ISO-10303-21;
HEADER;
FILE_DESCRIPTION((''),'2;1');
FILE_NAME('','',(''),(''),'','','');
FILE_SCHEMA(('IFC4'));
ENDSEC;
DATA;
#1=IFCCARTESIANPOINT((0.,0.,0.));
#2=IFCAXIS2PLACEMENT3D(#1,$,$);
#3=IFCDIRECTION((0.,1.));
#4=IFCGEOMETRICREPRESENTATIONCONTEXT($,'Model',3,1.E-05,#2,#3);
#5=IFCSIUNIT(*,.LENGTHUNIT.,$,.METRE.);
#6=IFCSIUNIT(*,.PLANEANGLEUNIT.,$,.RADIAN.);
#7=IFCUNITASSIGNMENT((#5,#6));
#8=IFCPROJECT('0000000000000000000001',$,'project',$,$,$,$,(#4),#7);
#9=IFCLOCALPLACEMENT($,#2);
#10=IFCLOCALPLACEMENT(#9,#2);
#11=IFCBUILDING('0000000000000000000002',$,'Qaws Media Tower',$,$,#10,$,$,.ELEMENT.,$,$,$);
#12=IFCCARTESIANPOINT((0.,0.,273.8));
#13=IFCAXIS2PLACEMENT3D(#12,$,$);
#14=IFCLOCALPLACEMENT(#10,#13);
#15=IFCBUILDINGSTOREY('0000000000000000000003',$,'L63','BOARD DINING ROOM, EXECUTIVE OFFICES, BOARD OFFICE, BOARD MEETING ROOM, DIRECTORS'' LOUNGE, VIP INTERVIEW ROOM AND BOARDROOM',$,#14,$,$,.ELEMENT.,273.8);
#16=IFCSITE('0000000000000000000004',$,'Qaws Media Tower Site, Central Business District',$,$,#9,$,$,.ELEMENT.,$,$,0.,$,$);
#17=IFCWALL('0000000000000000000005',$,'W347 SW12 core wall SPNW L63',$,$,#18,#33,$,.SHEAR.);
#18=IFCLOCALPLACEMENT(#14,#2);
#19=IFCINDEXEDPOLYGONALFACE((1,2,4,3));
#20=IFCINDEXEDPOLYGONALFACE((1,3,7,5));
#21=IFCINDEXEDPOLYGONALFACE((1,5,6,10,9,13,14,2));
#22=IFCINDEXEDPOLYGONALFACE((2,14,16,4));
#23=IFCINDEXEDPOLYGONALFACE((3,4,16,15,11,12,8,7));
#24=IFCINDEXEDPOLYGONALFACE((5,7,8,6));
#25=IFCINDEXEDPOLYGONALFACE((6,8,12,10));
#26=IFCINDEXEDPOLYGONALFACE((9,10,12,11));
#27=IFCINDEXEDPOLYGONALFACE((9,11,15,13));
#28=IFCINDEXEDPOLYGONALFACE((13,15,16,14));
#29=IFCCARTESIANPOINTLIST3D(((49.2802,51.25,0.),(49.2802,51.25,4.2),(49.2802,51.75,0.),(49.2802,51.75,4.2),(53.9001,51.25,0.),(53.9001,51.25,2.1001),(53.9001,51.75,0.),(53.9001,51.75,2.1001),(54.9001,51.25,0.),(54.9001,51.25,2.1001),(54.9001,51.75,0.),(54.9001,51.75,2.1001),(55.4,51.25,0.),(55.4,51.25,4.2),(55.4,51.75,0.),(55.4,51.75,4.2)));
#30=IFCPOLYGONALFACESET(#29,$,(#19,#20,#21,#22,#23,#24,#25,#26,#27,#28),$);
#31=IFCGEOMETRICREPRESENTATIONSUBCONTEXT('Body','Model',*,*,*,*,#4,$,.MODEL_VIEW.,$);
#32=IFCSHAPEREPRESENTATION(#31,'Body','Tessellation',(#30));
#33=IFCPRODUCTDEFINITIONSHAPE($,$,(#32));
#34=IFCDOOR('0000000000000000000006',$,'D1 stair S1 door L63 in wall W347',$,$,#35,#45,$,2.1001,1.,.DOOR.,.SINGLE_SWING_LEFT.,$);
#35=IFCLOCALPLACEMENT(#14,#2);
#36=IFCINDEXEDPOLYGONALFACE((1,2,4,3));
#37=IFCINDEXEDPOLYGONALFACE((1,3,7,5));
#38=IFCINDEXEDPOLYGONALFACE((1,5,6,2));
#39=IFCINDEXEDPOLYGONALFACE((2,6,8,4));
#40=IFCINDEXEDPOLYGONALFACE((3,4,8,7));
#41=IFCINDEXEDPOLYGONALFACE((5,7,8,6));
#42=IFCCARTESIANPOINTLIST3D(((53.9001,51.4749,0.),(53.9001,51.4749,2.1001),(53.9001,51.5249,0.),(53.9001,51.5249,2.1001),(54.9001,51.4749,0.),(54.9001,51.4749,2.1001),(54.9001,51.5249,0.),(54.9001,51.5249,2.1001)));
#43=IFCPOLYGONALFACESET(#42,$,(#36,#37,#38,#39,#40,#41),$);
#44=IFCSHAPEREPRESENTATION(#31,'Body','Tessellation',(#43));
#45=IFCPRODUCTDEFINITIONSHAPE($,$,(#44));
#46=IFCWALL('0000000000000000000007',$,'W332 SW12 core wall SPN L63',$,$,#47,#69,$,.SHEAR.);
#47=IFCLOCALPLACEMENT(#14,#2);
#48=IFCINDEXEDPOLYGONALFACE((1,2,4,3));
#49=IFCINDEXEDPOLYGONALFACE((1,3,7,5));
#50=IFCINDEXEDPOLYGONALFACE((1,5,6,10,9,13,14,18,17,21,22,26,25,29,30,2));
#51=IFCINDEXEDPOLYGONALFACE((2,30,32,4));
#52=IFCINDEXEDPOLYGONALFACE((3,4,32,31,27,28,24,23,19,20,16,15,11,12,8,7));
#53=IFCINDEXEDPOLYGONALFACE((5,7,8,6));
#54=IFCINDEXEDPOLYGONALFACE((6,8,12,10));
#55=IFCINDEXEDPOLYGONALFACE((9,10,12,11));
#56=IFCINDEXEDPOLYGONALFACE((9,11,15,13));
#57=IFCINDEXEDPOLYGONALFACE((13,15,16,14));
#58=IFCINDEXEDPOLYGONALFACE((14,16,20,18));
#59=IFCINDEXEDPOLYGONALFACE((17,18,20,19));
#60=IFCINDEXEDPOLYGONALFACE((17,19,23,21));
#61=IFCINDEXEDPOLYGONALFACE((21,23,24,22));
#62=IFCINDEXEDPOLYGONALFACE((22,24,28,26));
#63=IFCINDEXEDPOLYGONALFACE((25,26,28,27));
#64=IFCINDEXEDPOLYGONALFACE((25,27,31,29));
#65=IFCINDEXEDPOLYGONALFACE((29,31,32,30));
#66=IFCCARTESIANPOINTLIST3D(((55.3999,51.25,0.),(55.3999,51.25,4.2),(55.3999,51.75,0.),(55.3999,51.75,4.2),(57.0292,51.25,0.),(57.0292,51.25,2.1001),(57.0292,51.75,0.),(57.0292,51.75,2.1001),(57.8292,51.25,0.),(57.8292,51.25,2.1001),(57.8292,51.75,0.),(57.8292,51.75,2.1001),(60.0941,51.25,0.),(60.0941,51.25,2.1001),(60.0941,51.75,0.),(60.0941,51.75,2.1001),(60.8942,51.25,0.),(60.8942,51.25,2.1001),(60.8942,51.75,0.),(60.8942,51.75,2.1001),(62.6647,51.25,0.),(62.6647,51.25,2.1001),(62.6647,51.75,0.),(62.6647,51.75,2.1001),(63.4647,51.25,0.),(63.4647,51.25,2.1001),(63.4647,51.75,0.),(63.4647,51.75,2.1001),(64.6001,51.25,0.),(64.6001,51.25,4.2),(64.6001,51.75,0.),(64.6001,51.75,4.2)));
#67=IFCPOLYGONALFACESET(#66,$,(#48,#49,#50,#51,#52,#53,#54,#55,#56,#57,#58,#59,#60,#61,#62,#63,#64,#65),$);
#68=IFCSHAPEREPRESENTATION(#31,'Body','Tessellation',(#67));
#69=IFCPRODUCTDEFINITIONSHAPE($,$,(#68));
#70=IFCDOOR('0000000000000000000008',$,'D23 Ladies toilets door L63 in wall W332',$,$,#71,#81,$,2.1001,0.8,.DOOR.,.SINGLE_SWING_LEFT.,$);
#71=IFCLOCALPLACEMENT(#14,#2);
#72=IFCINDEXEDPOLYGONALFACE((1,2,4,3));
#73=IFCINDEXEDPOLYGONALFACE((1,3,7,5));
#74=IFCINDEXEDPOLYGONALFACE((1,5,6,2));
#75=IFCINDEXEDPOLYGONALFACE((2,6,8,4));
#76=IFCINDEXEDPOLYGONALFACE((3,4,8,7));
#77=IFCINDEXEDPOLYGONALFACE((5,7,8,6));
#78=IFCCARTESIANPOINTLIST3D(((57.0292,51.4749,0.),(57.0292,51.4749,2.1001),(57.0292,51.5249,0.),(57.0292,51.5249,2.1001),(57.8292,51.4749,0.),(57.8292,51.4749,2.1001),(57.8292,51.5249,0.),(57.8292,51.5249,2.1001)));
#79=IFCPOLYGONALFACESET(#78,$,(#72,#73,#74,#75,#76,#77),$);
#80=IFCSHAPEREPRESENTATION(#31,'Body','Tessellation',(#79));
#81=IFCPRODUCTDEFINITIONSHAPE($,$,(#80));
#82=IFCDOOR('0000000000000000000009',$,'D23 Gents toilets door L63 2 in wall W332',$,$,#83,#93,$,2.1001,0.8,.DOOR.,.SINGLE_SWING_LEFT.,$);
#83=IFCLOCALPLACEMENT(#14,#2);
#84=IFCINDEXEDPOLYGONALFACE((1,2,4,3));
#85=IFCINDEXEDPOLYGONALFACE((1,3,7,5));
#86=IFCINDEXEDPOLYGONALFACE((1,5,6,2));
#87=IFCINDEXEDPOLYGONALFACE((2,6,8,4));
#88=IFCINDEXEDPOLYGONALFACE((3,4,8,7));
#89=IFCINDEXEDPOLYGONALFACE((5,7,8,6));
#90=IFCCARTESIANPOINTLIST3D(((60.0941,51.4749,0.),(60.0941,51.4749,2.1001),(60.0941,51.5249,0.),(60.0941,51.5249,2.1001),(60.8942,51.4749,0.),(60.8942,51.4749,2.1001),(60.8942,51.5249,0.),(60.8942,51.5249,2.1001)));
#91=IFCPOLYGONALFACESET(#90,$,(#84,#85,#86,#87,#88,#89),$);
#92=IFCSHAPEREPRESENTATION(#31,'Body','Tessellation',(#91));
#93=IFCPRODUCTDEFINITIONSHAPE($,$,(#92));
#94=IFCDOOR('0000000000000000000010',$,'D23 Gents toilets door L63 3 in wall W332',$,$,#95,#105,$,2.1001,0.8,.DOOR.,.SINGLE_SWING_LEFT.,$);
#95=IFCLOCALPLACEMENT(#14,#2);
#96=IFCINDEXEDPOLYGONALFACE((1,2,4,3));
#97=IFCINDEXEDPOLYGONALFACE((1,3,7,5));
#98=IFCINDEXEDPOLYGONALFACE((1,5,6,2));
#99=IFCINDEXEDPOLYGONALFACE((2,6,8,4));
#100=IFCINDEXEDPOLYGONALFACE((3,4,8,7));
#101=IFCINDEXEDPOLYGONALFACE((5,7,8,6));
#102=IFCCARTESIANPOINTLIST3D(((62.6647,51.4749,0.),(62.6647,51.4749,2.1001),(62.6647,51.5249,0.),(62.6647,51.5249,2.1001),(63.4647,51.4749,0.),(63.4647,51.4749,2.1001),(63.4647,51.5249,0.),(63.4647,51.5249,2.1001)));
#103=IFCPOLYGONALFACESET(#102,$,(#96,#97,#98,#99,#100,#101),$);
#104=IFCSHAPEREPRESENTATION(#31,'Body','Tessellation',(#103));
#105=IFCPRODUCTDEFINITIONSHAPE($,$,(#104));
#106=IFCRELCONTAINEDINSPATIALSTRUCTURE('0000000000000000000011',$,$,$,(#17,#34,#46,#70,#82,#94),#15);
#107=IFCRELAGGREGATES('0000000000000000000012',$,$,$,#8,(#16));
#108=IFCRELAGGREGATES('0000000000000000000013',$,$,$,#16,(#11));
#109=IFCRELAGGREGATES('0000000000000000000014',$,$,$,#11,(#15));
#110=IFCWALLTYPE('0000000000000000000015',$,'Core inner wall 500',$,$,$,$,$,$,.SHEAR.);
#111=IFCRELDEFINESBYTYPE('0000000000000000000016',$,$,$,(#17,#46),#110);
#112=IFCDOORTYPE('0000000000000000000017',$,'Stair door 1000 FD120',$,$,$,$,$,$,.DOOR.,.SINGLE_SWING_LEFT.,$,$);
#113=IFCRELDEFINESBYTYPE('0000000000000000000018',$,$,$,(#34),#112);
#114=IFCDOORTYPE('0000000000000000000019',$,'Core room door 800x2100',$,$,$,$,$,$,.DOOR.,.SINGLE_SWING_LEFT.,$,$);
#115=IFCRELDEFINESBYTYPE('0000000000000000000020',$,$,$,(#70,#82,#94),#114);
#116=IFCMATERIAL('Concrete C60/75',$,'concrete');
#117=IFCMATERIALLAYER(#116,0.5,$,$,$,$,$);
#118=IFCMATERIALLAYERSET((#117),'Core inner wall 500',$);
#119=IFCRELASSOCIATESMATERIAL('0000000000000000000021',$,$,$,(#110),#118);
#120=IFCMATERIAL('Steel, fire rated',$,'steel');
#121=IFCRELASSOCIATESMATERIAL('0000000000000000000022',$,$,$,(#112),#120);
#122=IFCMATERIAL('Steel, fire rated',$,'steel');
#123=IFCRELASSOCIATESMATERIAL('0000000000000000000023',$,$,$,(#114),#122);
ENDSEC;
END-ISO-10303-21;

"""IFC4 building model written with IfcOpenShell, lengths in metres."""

from ifc_helpers import new_model, si_unit, direction, frame, frame_2d, origin, place, context, subcontext, project, spatial, rectangle, extrude, material, layer, layer_set, type_object, element, fill, save


model = new_model("IFC4")

# Units and contexts
model_context = context("Model", 3, precision=1e-05, world=origin(), true_north=direction((0.0, 1.0)))
body_context = subcontext(model_context, "Body", "Model", "MODEL_VIEW")
ifc_project = project(units=[si_unit("LENGTHUNIT", "METRE"), si_unit("PLANEANGLEUNIT", "RADIAN")], contexts=[model_context])

# Site, building, storey
site_placement = place(None, origin())
site = spatial("IfcSite", under=ifc_project, at=site_placement, Name="Qaws Media Tower Site, Central Business District", CompositionType="ELEMENT", RefElevation=0.0)
building_placement = place(site_placement, origin())
building = spatial("IfcBuilding", under=site, at=building_placement, Name="Qaws Media Tower", CompositionType="ELEMENT")
storey_placement = place(building_placement, frame((0.0, 0.0, 273.8)))
storey = spatial("IfcBuildingStorey", under=building, at=storey_placement, Name="L63", Description="BOARD DINING ROOM, EXECUTIVE OFFICES, BOARD OFFICE, BOARD MEETING ROOM, DIRECTORS' LOUNGE, VIP INTERVIEW ROOM AND BOARDROOM", CompositionType="ELEMENT", Elevation=273.8)

# Wall, opening, door
ifc_material_1 = material(Name="Concrete C60/75", Category="concrete")
ifc_layer_1 = layer(ifc_material_1, 0.5)
ifc_layer_set_1 = layer_set([ifc_layer_1], Name="Core inner wall 500")
wall_type_1 = type_object("IfcWallType", Name="Core inner wall 500", PredefinedType="SHEAR", material=ifc_layer_set_1)
wall_1_placement = place(storey_placement, frame((49.28, 51.5, 0.0), z_axis=(0.0, 0.0, 1.0), x_axis=(1.0, 0.0, 0.0)))
wall_1 = element("IfcWall", 1, at=wall_1_placement, inside=storey, type_object=wall_type_1, Name="W347 SW12 core wall SPNW L63", PredefinedType="SHEAR", context=body_context, shape_type="SweptSolid", body=[
    extrude(rectangle(XDim=6.1199, YDim=0.5, at=frame_2d((3.0601, 0.0))), origin(), (0.0, 0.0, 1.0), 4.2),
])
opening_1_placement = place(wall_1_placement, frame((4.6201, 0.0, 0.0)))
opening_1 = element("IfcOpeningElement", 2, at=opening_1_placement, cuts=wall_1, PredefinedType="OPENING", context=body_context, shape_type="SweptSolid", body=[
    extrude(rectangle(XDim=1.0, YDim=2.1001, at=frame_2d((0.5, 1.05))), frame((0.0, 0.26, 0.0), z_axis=(0.0, -1.0, 0.0), x_axis=(1.0, 0.0, 0.0)), (0.0, 0.0, 1.0), 0.52),
])
ifc_material_2 = material(Name="Steel, fire rated", Category="steel")
door_type_1 = type_object("IfcDoorType", Name="Stair door 1000 FD120", OperationType="SINGLE_SWING_LEFT", PredefinedType="DOOR", material=ifc_material_2)
door_1_placement = place(opening_1_placement, origin())
door_1 = element("IfcDoor", 3, at=door_1_placement, inside=storey, type_object=door_type_1, Name="D1 stair S1 door L63 in wall W347", OperationType="SINGLE_SWING_LEFT", OverallHeight=2.1001, OverallWidth=1.0, PredefinedType="DOOR", context=body_context, shape_type="SweptSolid", body=[
    extrude(rectangle(XDim=1.0, YDim=2.1001, at=frame_2d((0.5, 1.05))), frame((0.0, 0.0249, 0.0), z_axis=(0.0, -1.0, 0.0), x_axis=(1.0, 0.0, 0.0)), (0.0, 0.0, 1.0), 0.05),
])
fill(opening_1, door_1)

# Wall, openings, doors
wall_2_placement = place(storey_placement, frame((55.3999, 51.5, 0.0), z_axis=(0.0, 0.0, 1.0), x_axis=(1.0, 0.0, 0.0)))
wall_2 = element("IfcWall", 4, at=wall_2_placement, inside=storey, type_object=wall_type_1, Name="W332 SW12 core wall SPN L63", PredefinedType="SHEAR", context=body_context, shape_type="SweptSolid", body=[
    extrude(rectangle(XDim=9.2002, YDim=0.5, at=frame_2d((4.6001, 0.0))), origin(), (0.0, 0.0, 1.0), 4.2),
])
opening_2_placement = place(wall_2_placement, frame((1.6294, 0.0, 0.0)))
opening_2 = element("IfcOpeningElement", 5, at=opening_2_placement, cuts=wall_2, PredefinedType="OPENING", context=body_context, shape_type="SweptSolid", body=[
    extrude(rectangle(XDim=0.8, YDim=2.1001, at=frame_2d((0.3999, 1.05))), frame((0.0, 0.26, 0.0), z_axis=(0.0, -1.0, 0.0), x_axis=(1.0, 0.0, 0.0)), (0.0, 0.0, 1.0), 0.52),
])
opening_3_placement = place(wall_2_placement, frame((4.6943, 0.0, 0.0)))
opening_3 = element("IfcOpeningElement", 6, at=opening_3_placement, cuts=wall_2, PredefinedType="OPENING", context=body_context, shape_type="SweptSolid", body=[
    extrude(rectangle(XDim=0.8, YDim=2.1001, at=frame_2d((0.3999, 1.05))), frame((0.0, 0.26, 0.0), z_axis=(0.0, -1.0, 0.0), x_axis=(1.0, 0.0, 0.0)), (0.0, 0.0, 1.0), 0.52),
])
opening_4_placement = place(wall_2_placement, frame((7.2649, 0.0, 0.0)))
opening_4 = element("IfcOpeningElement", 7, at=opening_4_placement, cuts=wall_2, PredefinedType="OPENING", context=body_context, shape_type="SweptSolid", body=[
    extrude(rectangle(XDim=0.8, YDim=2.1001, at=frame_2d((0.3999, 1.05))), frame((0.0, 0.26, 0.0), z_axis=(0.0, -1.0, 0.0), x_axis=(1.0, 0.0, 0.0)), (0.0, 0.0, 1.0), 0.52),
])
ifc_material_3 = material(Name="Steel, fire rated", Category="steel")
door_type_2 = type_object("IfcDoorType", Name="Core room door 800x2100", OperationType="SINGLE_SWING_LEFT", PredefinedType="DOOR", material=ifc_material_3)
door_2_placement = place(opening_2_placement, origin())
door_2 = element("IfcDoor", 8, at=door_2_placement, inside=storey, type_object=door_type_2, Name="D23 Ladies toilets door L63 in wall W332", OperationType="SINGLE_SWING_LEFT", OverallHeight=2.1001, OverallWidth=0.8, PredefinedType="DOOR", context=body_context, shape_type="SweptSolid", body=[
    extrude(rectangle(XDim=0.8, YDim=2.1001, at=frame_2d((0.3999, 1.05))), frame((0.0, 0.0249, 0.0), z_axis=(0.0, -1.0, 0.0), x_axis=(1.0, 0.0, 0.0)), (0.0, 0.0, 1.0), 0.05),
])
fill(opening_2, door_2)
door_3_placement = place(opening_3_placement, origin())
door_3 = element("IfcDoor", 9, at=door_3_placement, inside=storey, type_object=door_type_2, Name="D23 Gents toilets door L63 2 in wall W332", OperationType="SINGLE_SWING_LEFT", OverallHeight=2.1001, OverallWidth=0.8, PredefinedType="DOOR", context=body_context, shape_type="SweptSolid", body=[
    extrude(rectangle(XDim=0.8, YDim=2.1001, at=frame_2d((0.3999, 1.05))), frame((0.0, 0.0249, 0.0), z_axis=(0.0, -1.0, 0.0), x_axis=(1.0, 0.0, 0.0)), (0.0, 0.0, 1.0), 0.05),
])
fill(opening_3, door_3)
door_4_placement = place(opening_4_placement, origin())
door_4 = element("IfcDoor", 10, at=door_4_placement, inside=storey, type_object=door_type_2, Name="D23 Gents toilets door L63 3 in wall W332", OperationType="SINGLE_SWING_LEFT", OverallHeight=2.1001, OverallWidth=0.8, PredefinedType="DOOR", context=body_context, shape_type="SweptSolid", body=[
    extrude(rectangle(XDim=0.8, YDim=2.1001, at=frame_2d((0.3999, 1.05))), frame((0.0, 0.0249, 0.0), z_axis=(0.0, -1.0, 0.0), x_axis=(1.0, 0.0, 0.0)), (0.0, 0.0, 1.0), 0.05),
])
fill(opening_4, door_4)

save(model, "model.ifc")
